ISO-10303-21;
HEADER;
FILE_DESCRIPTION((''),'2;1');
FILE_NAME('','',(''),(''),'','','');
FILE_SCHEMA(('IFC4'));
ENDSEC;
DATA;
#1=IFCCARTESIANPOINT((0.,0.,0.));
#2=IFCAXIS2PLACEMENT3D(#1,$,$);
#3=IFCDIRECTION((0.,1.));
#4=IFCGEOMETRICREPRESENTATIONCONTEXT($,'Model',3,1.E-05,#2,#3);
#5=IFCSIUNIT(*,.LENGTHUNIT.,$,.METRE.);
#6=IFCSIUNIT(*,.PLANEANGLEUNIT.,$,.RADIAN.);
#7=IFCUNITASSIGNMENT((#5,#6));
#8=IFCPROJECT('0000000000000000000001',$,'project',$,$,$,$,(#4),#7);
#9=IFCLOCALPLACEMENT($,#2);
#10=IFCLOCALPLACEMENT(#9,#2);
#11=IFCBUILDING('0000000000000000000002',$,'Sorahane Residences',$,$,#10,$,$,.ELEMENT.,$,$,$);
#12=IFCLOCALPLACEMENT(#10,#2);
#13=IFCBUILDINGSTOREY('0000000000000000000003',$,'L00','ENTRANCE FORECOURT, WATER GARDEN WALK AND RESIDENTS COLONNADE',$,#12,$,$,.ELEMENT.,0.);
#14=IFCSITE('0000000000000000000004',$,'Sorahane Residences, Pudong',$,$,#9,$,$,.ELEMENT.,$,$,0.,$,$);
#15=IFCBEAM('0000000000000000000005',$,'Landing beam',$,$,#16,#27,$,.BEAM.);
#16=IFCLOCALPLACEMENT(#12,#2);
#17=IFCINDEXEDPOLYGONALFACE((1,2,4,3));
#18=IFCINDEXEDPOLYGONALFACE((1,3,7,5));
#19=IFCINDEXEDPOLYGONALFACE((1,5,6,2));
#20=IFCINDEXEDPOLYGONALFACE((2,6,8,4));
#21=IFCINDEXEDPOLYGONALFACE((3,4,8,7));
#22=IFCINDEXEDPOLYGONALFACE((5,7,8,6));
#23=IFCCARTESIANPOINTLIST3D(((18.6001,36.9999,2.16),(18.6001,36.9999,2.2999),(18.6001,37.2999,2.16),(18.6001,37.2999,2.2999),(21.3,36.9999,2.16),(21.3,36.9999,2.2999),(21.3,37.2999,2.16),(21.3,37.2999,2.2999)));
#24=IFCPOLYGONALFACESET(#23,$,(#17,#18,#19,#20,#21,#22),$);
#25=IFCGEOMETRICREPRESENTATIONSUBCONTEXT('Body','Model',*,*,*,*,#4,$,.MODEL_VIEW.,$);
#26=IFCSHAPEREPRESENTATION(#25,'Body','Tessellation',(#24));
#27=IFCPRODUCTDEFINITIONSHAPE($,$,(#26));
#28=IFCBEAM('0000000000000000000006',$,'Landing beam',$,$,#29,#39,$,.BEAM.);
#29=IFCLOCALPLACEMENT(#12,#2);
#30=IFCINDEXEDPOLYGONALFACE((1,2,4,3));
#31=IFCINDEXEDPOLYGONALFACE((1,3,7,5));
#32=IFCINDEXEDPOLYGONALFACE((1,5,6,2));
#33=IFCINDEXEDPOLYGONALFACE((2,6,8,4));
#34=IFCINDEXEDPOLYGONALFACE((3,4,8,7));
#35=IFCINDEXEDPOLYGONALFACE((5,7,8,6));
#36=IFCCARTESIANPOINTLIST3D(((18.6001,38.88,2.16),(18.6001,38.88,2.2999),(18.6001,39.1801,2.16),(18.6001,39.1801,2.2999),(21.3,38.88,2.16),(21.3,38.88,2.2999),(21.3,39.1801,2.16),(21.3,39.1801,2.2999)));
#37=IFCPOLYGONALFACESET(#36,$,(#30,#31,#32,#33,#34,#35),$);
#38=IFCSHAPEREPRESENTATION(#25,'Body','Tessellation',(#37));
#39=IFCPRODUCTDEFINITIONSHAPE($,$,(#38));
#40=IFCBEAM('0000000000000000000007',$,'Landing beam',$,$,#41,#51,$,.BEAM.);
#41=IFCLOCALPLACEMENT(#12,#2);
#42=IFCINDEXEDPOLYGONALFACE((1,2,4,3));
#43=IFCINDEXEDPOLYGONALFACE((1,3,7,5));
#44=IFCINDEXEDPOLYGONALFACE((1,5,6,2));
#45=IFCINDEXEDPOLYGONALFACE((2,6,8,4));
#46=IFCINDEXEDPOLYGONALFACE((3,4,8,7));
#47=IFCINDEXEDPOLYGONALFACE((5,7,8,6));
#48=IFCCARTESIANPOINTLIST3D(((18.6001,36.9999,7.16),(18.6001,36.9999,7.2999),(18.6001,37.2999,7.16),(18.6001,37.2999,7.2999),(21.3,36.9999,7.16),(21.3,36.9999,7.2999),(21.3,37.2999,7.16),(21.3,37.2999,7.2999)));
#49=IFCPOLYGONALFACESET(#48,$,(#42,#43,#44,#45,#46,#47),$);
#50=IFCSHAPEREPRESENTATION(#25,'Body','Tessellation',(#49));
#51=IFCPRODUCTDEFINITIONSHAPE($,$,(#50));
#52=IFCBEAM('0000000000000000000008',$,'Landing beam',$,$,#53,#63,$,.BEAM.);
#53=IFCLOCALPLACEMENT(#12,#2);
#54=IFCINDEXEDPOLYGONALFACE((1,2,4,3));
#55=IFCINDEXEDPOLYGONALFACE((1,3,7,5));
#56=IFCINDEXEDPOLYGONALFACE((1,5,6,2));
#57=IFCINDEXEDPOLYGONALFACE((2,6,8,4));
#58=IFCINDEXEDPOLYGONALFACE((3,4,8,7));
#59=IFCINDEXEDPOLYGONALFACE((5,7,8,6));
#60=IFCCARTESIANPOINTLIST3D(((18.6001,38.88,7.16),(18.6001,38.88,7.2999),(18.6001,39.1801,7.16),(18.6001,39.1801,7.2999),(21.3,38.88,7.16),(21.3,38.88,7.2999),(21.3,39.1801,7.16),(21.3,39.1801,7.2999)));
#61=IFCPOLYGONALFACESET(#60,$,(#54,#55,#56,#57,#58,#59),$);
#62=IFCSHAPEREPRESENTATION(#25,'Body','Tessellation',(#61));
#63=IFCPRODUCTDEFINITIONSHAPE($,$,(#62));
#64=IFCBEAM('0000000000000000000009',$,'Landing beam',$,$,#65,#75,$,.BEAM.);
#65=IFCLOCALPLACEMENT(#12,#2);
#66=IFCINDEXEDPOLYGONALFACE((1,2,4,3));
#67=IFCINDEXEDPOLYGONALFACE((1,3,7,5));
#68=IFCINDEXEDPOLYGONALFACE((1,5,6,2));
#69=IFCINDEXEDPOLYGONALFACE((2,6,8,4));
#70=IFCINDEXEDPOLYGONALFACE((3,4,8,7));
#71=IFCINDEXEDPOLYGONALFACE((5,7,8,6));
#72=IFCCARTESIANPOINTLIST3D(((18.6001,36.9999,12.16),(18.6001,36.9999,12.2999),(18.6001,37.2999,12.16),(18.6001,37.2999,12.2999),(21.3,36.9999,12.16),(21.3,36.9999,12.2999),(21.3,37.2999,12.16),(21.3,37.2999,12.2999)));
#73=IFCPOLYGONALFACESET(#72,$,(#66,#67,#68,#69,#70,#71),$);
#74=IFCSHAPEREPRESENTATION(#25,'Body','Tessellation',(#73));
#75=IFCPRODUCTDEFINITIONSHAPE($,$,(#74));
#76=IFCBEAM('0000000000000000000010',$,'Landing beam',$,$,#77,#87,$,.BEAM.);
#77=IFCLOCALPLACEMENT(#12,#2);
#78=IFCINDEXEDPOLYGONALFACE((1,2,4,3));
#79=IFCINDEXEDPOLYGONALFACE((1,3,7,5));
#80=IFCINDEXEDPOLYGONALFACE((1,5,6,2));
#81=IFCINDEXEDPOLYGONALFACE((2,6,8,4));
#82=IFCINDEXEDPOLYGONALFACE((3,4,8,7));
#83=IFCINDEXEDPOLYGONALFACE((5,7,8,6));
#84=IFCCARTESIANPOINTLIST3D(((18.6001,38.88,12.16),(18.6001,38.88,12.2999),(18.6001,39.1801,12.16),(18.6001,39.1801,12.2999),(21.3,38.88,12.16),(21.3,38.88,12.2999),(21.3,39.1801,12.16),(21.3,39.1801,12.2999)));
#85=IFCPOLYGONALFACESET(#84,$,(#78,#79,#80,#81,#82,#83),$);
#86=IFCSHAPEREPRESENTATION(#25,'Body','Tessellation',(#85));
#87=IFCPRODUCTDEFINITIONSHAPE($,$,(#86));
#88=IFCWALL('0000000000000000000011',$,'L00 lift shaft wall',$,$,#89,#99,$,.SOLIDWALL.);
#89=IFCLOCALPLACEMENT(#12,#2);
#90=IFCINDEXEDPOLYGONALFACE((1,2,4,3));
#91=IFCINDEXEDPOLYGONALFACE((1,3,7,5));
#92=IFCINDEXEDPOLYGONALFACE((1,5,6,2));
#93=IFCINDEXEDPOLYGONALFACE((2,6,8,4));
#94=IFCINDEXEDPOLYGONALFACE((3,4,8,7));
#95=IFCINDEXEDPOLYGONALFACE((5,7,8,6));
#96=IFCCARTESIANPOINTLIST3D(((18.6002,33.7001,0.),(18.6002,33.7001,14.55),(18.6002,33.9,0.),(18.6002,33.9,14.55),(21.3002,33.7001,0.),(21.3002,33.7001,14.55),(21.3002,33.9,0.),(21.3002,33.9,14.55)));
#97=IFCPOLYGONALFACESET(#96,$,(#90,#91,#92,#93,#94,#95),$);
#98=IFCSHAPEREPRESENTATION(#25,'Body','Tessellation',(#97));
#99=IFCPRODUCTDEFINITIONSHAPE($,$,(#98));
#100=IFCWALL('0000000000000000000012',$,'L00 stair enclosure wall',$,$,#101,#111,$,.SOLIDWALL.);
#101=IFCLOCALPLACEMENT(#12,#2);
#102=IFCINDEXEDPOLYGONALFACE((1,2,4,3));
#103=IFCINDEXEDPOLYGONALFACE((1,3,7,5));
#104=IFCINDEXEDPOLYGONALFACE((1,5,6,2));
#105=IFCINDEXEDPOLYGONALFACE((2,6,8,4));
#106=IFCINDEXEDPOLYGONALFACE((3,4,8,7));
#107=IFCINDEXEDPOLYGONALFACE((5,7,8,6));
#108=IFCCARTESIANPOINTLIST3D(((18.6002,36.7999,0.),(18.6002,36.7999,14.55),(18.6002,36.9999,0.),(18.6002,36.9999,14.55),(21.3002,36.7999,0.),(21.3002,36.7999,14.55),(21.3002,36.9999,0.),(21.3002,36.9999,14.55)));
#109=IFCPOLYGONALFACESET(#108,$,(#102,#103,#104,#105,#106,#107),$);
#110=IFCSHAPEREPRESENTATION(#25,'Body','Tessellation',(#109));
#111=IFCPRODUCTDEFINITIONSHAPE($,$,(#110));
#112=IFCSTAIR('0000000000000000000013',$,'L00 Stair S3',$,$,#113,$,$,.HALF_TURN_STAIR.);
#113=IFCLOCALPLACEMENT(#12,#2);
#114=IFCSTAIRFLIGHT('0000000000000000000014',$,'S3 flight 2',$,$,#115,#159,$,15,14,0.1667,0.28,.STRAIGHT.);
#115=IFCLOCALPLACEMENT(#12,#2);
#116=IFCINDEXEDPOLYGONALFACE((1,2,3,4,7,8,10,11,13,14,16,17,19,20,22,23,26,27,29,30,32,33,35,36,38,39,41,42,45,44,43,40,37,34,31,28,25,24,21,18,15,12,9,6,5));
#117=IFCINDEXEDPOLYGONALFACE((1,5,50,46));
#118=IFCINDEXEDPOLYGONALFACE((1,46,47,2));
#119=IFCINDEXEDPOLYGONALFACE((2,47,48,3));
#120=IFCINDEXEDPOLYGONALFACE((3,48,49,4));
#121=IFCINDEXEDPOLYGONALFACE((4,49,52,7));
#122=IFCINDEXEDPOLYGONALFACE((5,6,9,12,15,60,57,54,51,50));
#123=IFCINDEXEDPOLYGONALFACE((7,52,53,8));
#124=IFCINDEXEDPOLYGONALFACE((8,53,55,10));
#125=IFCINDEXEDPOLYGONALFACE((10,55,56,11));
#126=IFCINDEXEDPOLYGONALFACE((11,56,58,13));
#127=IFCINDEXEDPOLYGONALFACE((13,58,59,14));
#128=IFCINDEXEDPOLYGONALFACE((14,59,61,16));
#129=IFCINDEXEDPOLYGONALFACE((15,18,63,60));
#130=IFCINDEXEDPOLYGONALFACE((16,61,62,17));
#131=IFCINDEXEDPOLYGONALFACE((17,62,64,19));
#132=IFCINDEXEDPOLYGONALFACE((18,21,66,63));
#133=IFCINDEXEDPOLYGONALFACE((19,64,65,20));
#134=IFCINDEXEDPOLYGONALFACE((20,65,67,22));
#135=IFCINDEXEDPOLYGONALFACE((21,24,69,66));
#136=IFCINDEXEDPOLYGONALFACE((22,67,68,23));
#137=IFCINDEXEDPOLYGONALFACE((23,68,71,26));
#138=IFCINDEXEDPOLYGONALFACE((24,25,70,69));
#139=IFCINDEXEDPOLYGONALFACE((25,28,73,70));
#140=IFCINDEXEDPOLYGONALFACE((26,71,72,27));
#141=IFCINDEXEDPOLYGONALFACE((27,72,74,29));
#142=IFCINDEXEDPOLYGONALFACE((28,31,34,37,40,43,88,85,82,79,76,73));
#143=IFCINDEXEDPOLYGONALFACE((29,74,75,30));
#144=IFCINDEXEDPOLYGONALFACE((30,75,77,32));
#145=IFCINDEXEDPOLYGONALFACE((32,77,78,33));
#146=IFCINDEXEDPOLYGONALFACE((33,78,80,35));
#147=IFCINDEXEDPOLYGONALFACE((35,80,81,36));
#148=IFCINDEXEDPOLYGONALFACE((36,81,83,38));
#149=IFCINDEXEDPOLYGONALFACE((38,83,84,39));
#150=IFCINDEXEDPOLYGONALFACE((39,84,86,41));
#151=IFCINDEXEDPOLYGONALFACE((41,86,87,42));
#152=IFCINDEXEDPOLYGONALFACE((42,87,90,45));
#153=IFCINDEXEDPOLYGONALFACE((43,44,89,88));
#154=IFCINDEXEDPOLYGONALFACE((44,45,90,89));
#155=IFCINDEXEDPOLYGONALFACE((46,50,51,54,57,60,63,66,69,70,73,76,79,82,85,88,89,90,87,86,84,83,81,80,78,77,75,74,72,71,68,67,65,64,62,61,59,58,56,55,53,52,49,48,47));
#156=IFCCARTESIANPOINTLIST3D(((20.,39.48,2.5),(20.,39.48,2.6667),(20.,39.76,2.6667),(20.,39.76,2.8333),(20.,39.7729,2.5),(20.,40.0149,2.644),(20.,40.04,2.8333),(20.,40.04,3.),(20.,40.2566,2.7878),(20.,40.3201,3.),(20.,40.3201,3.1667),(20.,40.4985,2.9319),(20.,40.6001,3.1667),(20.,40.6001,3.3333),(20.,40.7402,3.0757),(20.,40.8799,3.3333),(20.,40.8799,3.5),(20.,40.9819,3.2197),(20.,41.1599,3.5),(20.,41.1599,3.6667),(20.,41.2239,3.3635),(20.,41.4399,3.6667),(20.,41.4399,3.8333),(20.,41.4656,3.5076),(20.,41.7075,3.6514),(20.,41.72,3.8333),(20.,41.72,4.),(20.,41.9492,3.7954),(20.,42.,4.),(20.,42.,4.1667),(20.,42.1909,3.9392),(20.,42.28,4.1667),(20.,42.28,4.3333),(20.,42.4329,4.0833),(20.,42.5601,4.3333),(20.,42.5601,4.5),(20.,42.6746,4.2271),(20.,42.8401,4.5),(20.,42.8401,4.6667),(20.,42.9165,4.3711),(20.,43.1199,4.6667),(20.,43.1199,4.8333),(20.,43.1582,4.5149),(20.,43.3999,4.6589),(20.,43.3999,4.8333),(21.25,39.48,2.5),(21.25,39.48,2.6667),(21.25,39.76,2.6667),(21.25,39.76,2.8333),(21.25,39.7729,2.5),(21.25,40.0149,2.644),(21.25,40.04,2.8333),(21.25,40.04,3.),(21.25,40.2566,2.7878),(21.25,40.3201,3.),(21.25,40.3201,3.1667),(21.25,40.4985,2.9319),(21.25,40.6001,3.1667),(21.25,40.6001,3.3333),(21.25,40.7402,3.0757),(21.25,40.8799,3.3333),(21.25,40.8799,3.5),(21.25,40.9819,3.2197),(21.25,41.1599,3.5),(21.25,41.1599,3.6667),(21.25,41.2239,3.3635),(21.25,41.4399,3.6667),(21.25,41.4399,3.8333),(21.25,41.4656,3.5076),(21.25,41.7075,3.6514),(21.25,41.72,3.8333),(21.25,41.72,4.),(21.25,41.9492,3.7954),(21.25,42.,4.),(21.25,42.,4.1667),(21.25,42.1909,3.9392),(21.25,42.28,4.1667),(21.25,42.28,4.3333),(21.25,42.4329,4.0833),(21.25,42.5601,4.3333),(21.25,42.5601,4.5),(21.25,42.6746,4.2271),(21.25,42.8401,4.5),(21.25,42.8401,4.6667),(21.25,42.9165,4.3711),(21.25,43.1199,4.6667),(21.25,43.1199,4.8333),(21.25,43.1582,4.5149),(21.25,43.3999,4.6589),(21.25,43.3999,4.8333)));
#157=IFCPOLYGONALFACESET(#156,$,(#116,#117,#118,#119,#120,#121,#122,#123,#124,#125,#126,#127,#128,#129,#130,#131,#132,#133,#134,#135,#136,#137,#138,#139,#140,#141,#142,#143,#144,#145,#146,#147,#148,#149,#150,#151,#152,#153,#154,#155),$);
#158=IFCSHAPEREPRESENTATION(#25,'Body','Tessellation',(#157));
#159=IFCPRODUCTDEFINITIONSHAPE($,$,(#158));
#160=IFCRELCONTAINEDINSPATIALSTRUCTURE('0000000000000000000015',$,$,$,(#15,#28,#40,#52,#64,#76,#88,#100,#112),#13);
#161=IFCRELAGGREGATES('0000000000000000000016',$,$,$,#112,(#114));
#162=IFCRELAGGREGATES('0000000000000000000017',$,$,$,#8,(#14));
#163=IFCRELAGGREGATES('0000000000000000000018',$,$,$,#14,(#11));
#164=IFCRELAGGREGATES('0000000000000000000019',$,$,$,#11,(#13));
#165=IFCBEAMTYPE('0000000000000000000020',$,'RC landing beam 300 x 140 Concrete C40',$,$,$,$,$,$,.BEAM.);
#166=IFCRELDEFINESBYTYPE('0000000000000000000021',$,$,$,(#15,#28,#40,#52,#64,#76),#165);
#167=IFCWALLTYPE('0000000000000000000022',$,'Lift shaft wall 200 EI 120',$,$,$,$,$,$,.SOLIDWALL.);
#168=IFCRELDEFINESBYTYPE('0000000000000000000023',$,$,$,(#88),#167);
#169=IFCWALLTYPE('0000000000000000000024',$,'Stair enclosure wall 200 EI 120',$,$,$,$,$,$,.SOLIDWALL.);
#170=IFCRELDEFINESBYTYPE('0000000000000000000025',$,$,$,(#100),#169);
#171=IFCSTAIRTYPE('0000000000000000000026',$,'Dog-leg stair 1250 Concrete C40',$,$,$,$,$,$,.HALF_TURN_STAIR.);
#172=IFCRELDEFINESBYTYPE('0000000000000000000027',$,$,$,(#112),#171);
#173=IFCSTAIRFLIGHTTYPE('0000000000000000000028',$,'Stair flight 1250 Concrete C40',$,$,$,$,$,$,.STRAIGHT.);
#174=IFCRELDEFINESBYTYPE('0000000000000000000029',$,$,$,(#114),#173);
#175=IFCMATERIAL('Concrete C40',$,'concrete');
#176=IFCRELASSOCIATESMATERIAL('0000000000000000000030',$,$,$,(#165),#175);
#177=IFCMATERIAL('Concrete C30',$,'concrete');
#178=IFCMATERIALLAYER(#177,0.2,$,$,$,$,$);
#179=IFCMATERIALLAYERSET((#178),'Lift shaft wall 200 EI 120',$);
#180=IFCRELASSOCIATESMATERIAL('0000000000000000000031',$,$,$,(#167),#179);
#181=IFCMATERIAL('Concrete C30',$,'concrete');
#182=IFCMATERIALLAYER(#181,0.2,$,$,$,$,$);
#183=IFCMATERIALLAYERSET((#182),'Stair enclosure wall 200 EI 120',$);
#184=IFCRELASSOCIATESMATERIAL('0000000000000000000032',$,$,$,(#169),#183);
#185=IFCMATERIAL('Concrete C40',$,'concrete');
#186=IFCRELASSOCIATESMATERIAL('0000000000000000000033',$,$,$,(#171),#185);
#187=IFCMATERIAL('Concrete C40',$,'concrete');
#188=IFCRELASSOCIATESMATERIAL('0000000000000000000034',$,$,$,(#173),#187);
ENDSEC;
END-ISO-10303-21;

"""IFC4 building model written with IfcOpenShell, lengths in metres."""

from ifc_helpers import new_model, si_unit, direction, frame, frame_2d, origin, origin_2d, place, context, subcontext, project, spatial, polyline, rectangle, outline, extrude, material, layer, layer_set, material_profile, profile_set, type_object, element, aggregate, save


model = new_model("IFC4")

# Units and contexts
model_context = context("Model", 3, precision=1e-05, world=origin(), true_north=direction((0.0, 1.0)))
body_context = subcontext(model_context, "Body", "Model", "MODEL_VIEW")
ifc_project = project(units=[si_unit("LENGTHUNIT", "METRE"), si_unit("PLANEANGLEUNIT", "RADIAN")], contexts=[model_context])

# Site, building, storey
site_placement = place(None, origin())
site = spatial("IfcSite", under=ifc_project, at=site_placement, Name="Sorahane Residences, Pudong", CompositionType="ELEMENT", RefElevation=0.0)
building_placement = place(site_placement, origin())
building = spatial("IfcBuilding", under=site, at=building_placement, Name="Sorahane Residences", CompositionType="ELEMENT")
storey_placement = place(building_placement, origin())
storey = spatial("IfcBuildingStorey", under=building, at=storey_placement, Name="L00", Description="ENTRANCE FORECOURT, WATER GARDEN WALK AND RESIDENTS COLONNADE", CompositionType="ELEMENT", Elevation=0.0)

# Beams
ifc_material_1 = material(Name="Concrete C40", Category="concrete")
ifc_material_profile = material_profile(ifc_material_1, rectangle(XDim=0.3, YDim=0.1399, at=origin_2d()), Name="300x140")
ifc_profile_set = profile_set([ifc_material_profile], Name="Concrete C40")
beam_type = type_object("IfcBeamType", Name="RC landing beam 300 x 140 Concrete C40", PredefinedType="BEAM", material=ifc_profile_set)
for number, where, z_axis, x_axis, name in (
    (1, (18.6001, 37.1499, 2.23), (1.0, 0.0, 0.0), (0.0, 1.0, 0.0), "Landing beam"),
    (2, (18.6001, 39.03, 2.23), (1.0, 0.0, 0.0), (0.0, 1.0, 0.0), "Landing beam"),
    (3, (18.6001, 37.1499, 7.23), (1.0, 0.0, 0.0), (0.0, 1.0, 0.0), "Landing beam"),
    (4, (18.6001, 39.03, 7.23), (1.0, 0.0, 0.0), (0.0, 1.0, 0.0), "Landing beam"),
    (5, (18.6001, 37.1499, 12.23), (1.0, 0.0, 0.0), (0.0, 1.0, 0.0), "Landing beam"),
    (6, (18.6001, 39.03, 12.23), (1.0, 0.0, 0.0), (0.0, 1.0, 0.0), "Landing beam"),
):
    element("IfcBeam", number, at=place(storey_placement, frame(where, z_axis=z_axis, x_axis=x_axis)), inside=storey, type_object=beam_type, Name=name, PredefinedType="BEAM", context=body_context, shape_type="SweptSolid", body=[
        extrude(rectangle(XDim=0.3, YDim=0.1399, at=origin_2d()), origin(), (0.0, 0.0, 1.0), 2.7),
    ])

# Walls
ifc_material_2 = material(Name="Concrete C30", Category="concrete")
ifc_layer_1 = layer(ifc_material_2, 0.2)
ifc_layer_set_1 = layer_set([ifc_layer_1], Name="Lift shaft wall 200 EI 120")
wall_type_1 = type_object("IfcWallType", Name="Lift shaft wall 200 EI 120", PredefinedType="SOLIDWALL", material=ifc_layer_set_1)
wall_1_placement = place(storey_placement, frame((18.6001, 33.8, 0.0), z_axis=(0.0, 0.0, 1.0), x_axis=(1.0, 0.0, 0.0)))
element("IfcWall", 7, at=wall_1_placement, inside=storey, type_object=wall_type_1, Name="L00 lift shaft wall", PredefinedType="SOLIDWALL", context=body_context, shape_type="SweptSolid", body=[
    extrude(rectangle(XDim=2.7, YDim=0.2, at=frame_2d((1.3501, 0.0))), origin(), (0.0, 0.0, 1.0), 14.55),
])
ifc_material_3 = material(Name="Concrete C30", Category="concrete")
ifc_layer_2 = layer(ifc_material_3, 0.2)
ifc_layer_set_2 = layer_set([ifc_layer_2], Name="Stair enclosure wall 200 EI 120")
wall_type_2 = type_object("IfcWallType", Name="Stair enclosure wall 200 EI 120", PredefinedType="SOLIDWALL", material=ifc_layer_set_2)
wall_2_placement = place(storey_placement, frame((18.6001, 36.8999, 0.0), z_axis=(0.0, 0.0, 1.0), x_axis=(1.0, 0.0, 0.0)))
element("IfcWall", 8, at=wall_2_placement, inside=storey, type_object=wall_type_2, Name="L00 stair enclosure wall", PredefinedType="SOLIDWALL", context=body_context, shape_type="SweptSolid", body=[
    extrude(rectangle(XDim=2.7, YDim=0.2, at=frame_2d((1.3501, 0.0))), origin(), (0.0, 0.0, 1.0), 14.55),
])

# Stair, stair flight
ifc_material_4 = material(Name="Concrete C40", Category="concrete")
stair_type = type_object("IfcStairType", Name="Dog-leg stair 1250 Concrete C40", PredefinedType="HALF_TURN_STAIR", material=ifc_material_4)
stair_placement = place(storey_placement, origin())
stair = element("IfcStair", 9, at=stair_placement, inside=storey, type_object=stair_type, Name="L00 Stair S3", PredefinedType="HALF_TURN_STAIR")
ifc_material_5 = material(Name="Concrete C40", Category="concrete")
stair_flight_type = type_object("IfcStairFlightType", Name="Stair flight 1250 Concrete C40", PredefinedType="STRAIGHT", material=ifc_material_5)
stair_flight_1_placement = place(storey_placement, frame((20.625, 39.48, 2.5), z_axis=(0.0, 0.0, 1.0), x_axis=(0.0, 1.0, 0.0)))
stair_flight_1 = element("IfcStairFlight", 10, at=stair_flight_1_placement, type_object=stair_flight_type, Name="S3 flight 2", NumberOfRisers=15, NumberOfTreads=14, PredefinedType="STRAIGHT", RiserHeight=0.1667, TreadLength=0.28, context=body_context, shape_type="SweptSolid", body=[
    extrude(outline(polyline([(0.0, 0.0), (0.0, 0.1667), (0.28, 0.1667), (0.28, 0.3333), (0.5601, 0.3333), (0.5601, 0.5), (0.8401, 0.5), (0.8401, 0.6667), (1.1201, 0.6667), (1.1201, 0.8333), (1.3999, 0.8333), (1.3999, 1.0), (1.6799, 1.0), (1.6799, 1.1667), (1.96, 1.1667), (1.96, 1.3333), (2.24, 1.3333), (2.24, 1.5), (2.52, 1.5), (2.52, 1.6667), (2.8, 1.6667), (2.8, 1.8333), (3.0801, 1.8333), (3.0801, 2.0), (3.3601, 2.0), (3.3601, 2.1667), (3.6399, 2.1667), (3.6399, 2.3333), (3.9199, 2.3333), (3.9199, 2.5), (3.9199, 2.1589), (3.6782, 2.0149), (3.4365, 1.8711), (3.1946, 1.7271), (2.9529, 1.5833), (2.7109, 1.4392), (2.4692, 1.2954), (2.2275, 1.1514), (1.9856, 1.0076), (1.7439, 0.8635), (1.502, 0.7197), (1.2603, 0.5757), (1.0186, 0.4319), (0.7766, 0.2878), (0.5349, 0.144), (0.293, 0.0), (0.0, 0.0)])), frame((0.0, 0.625, 0.0), z_axis=(0.0, -1.0, 0.0), x_axis=(1.0, 0.0, 0.0)), (0.0, 0.0, 1.0), 1.25),
])
aggregate(stair, [stair_flight_1])

save(model, "model.ifc")
